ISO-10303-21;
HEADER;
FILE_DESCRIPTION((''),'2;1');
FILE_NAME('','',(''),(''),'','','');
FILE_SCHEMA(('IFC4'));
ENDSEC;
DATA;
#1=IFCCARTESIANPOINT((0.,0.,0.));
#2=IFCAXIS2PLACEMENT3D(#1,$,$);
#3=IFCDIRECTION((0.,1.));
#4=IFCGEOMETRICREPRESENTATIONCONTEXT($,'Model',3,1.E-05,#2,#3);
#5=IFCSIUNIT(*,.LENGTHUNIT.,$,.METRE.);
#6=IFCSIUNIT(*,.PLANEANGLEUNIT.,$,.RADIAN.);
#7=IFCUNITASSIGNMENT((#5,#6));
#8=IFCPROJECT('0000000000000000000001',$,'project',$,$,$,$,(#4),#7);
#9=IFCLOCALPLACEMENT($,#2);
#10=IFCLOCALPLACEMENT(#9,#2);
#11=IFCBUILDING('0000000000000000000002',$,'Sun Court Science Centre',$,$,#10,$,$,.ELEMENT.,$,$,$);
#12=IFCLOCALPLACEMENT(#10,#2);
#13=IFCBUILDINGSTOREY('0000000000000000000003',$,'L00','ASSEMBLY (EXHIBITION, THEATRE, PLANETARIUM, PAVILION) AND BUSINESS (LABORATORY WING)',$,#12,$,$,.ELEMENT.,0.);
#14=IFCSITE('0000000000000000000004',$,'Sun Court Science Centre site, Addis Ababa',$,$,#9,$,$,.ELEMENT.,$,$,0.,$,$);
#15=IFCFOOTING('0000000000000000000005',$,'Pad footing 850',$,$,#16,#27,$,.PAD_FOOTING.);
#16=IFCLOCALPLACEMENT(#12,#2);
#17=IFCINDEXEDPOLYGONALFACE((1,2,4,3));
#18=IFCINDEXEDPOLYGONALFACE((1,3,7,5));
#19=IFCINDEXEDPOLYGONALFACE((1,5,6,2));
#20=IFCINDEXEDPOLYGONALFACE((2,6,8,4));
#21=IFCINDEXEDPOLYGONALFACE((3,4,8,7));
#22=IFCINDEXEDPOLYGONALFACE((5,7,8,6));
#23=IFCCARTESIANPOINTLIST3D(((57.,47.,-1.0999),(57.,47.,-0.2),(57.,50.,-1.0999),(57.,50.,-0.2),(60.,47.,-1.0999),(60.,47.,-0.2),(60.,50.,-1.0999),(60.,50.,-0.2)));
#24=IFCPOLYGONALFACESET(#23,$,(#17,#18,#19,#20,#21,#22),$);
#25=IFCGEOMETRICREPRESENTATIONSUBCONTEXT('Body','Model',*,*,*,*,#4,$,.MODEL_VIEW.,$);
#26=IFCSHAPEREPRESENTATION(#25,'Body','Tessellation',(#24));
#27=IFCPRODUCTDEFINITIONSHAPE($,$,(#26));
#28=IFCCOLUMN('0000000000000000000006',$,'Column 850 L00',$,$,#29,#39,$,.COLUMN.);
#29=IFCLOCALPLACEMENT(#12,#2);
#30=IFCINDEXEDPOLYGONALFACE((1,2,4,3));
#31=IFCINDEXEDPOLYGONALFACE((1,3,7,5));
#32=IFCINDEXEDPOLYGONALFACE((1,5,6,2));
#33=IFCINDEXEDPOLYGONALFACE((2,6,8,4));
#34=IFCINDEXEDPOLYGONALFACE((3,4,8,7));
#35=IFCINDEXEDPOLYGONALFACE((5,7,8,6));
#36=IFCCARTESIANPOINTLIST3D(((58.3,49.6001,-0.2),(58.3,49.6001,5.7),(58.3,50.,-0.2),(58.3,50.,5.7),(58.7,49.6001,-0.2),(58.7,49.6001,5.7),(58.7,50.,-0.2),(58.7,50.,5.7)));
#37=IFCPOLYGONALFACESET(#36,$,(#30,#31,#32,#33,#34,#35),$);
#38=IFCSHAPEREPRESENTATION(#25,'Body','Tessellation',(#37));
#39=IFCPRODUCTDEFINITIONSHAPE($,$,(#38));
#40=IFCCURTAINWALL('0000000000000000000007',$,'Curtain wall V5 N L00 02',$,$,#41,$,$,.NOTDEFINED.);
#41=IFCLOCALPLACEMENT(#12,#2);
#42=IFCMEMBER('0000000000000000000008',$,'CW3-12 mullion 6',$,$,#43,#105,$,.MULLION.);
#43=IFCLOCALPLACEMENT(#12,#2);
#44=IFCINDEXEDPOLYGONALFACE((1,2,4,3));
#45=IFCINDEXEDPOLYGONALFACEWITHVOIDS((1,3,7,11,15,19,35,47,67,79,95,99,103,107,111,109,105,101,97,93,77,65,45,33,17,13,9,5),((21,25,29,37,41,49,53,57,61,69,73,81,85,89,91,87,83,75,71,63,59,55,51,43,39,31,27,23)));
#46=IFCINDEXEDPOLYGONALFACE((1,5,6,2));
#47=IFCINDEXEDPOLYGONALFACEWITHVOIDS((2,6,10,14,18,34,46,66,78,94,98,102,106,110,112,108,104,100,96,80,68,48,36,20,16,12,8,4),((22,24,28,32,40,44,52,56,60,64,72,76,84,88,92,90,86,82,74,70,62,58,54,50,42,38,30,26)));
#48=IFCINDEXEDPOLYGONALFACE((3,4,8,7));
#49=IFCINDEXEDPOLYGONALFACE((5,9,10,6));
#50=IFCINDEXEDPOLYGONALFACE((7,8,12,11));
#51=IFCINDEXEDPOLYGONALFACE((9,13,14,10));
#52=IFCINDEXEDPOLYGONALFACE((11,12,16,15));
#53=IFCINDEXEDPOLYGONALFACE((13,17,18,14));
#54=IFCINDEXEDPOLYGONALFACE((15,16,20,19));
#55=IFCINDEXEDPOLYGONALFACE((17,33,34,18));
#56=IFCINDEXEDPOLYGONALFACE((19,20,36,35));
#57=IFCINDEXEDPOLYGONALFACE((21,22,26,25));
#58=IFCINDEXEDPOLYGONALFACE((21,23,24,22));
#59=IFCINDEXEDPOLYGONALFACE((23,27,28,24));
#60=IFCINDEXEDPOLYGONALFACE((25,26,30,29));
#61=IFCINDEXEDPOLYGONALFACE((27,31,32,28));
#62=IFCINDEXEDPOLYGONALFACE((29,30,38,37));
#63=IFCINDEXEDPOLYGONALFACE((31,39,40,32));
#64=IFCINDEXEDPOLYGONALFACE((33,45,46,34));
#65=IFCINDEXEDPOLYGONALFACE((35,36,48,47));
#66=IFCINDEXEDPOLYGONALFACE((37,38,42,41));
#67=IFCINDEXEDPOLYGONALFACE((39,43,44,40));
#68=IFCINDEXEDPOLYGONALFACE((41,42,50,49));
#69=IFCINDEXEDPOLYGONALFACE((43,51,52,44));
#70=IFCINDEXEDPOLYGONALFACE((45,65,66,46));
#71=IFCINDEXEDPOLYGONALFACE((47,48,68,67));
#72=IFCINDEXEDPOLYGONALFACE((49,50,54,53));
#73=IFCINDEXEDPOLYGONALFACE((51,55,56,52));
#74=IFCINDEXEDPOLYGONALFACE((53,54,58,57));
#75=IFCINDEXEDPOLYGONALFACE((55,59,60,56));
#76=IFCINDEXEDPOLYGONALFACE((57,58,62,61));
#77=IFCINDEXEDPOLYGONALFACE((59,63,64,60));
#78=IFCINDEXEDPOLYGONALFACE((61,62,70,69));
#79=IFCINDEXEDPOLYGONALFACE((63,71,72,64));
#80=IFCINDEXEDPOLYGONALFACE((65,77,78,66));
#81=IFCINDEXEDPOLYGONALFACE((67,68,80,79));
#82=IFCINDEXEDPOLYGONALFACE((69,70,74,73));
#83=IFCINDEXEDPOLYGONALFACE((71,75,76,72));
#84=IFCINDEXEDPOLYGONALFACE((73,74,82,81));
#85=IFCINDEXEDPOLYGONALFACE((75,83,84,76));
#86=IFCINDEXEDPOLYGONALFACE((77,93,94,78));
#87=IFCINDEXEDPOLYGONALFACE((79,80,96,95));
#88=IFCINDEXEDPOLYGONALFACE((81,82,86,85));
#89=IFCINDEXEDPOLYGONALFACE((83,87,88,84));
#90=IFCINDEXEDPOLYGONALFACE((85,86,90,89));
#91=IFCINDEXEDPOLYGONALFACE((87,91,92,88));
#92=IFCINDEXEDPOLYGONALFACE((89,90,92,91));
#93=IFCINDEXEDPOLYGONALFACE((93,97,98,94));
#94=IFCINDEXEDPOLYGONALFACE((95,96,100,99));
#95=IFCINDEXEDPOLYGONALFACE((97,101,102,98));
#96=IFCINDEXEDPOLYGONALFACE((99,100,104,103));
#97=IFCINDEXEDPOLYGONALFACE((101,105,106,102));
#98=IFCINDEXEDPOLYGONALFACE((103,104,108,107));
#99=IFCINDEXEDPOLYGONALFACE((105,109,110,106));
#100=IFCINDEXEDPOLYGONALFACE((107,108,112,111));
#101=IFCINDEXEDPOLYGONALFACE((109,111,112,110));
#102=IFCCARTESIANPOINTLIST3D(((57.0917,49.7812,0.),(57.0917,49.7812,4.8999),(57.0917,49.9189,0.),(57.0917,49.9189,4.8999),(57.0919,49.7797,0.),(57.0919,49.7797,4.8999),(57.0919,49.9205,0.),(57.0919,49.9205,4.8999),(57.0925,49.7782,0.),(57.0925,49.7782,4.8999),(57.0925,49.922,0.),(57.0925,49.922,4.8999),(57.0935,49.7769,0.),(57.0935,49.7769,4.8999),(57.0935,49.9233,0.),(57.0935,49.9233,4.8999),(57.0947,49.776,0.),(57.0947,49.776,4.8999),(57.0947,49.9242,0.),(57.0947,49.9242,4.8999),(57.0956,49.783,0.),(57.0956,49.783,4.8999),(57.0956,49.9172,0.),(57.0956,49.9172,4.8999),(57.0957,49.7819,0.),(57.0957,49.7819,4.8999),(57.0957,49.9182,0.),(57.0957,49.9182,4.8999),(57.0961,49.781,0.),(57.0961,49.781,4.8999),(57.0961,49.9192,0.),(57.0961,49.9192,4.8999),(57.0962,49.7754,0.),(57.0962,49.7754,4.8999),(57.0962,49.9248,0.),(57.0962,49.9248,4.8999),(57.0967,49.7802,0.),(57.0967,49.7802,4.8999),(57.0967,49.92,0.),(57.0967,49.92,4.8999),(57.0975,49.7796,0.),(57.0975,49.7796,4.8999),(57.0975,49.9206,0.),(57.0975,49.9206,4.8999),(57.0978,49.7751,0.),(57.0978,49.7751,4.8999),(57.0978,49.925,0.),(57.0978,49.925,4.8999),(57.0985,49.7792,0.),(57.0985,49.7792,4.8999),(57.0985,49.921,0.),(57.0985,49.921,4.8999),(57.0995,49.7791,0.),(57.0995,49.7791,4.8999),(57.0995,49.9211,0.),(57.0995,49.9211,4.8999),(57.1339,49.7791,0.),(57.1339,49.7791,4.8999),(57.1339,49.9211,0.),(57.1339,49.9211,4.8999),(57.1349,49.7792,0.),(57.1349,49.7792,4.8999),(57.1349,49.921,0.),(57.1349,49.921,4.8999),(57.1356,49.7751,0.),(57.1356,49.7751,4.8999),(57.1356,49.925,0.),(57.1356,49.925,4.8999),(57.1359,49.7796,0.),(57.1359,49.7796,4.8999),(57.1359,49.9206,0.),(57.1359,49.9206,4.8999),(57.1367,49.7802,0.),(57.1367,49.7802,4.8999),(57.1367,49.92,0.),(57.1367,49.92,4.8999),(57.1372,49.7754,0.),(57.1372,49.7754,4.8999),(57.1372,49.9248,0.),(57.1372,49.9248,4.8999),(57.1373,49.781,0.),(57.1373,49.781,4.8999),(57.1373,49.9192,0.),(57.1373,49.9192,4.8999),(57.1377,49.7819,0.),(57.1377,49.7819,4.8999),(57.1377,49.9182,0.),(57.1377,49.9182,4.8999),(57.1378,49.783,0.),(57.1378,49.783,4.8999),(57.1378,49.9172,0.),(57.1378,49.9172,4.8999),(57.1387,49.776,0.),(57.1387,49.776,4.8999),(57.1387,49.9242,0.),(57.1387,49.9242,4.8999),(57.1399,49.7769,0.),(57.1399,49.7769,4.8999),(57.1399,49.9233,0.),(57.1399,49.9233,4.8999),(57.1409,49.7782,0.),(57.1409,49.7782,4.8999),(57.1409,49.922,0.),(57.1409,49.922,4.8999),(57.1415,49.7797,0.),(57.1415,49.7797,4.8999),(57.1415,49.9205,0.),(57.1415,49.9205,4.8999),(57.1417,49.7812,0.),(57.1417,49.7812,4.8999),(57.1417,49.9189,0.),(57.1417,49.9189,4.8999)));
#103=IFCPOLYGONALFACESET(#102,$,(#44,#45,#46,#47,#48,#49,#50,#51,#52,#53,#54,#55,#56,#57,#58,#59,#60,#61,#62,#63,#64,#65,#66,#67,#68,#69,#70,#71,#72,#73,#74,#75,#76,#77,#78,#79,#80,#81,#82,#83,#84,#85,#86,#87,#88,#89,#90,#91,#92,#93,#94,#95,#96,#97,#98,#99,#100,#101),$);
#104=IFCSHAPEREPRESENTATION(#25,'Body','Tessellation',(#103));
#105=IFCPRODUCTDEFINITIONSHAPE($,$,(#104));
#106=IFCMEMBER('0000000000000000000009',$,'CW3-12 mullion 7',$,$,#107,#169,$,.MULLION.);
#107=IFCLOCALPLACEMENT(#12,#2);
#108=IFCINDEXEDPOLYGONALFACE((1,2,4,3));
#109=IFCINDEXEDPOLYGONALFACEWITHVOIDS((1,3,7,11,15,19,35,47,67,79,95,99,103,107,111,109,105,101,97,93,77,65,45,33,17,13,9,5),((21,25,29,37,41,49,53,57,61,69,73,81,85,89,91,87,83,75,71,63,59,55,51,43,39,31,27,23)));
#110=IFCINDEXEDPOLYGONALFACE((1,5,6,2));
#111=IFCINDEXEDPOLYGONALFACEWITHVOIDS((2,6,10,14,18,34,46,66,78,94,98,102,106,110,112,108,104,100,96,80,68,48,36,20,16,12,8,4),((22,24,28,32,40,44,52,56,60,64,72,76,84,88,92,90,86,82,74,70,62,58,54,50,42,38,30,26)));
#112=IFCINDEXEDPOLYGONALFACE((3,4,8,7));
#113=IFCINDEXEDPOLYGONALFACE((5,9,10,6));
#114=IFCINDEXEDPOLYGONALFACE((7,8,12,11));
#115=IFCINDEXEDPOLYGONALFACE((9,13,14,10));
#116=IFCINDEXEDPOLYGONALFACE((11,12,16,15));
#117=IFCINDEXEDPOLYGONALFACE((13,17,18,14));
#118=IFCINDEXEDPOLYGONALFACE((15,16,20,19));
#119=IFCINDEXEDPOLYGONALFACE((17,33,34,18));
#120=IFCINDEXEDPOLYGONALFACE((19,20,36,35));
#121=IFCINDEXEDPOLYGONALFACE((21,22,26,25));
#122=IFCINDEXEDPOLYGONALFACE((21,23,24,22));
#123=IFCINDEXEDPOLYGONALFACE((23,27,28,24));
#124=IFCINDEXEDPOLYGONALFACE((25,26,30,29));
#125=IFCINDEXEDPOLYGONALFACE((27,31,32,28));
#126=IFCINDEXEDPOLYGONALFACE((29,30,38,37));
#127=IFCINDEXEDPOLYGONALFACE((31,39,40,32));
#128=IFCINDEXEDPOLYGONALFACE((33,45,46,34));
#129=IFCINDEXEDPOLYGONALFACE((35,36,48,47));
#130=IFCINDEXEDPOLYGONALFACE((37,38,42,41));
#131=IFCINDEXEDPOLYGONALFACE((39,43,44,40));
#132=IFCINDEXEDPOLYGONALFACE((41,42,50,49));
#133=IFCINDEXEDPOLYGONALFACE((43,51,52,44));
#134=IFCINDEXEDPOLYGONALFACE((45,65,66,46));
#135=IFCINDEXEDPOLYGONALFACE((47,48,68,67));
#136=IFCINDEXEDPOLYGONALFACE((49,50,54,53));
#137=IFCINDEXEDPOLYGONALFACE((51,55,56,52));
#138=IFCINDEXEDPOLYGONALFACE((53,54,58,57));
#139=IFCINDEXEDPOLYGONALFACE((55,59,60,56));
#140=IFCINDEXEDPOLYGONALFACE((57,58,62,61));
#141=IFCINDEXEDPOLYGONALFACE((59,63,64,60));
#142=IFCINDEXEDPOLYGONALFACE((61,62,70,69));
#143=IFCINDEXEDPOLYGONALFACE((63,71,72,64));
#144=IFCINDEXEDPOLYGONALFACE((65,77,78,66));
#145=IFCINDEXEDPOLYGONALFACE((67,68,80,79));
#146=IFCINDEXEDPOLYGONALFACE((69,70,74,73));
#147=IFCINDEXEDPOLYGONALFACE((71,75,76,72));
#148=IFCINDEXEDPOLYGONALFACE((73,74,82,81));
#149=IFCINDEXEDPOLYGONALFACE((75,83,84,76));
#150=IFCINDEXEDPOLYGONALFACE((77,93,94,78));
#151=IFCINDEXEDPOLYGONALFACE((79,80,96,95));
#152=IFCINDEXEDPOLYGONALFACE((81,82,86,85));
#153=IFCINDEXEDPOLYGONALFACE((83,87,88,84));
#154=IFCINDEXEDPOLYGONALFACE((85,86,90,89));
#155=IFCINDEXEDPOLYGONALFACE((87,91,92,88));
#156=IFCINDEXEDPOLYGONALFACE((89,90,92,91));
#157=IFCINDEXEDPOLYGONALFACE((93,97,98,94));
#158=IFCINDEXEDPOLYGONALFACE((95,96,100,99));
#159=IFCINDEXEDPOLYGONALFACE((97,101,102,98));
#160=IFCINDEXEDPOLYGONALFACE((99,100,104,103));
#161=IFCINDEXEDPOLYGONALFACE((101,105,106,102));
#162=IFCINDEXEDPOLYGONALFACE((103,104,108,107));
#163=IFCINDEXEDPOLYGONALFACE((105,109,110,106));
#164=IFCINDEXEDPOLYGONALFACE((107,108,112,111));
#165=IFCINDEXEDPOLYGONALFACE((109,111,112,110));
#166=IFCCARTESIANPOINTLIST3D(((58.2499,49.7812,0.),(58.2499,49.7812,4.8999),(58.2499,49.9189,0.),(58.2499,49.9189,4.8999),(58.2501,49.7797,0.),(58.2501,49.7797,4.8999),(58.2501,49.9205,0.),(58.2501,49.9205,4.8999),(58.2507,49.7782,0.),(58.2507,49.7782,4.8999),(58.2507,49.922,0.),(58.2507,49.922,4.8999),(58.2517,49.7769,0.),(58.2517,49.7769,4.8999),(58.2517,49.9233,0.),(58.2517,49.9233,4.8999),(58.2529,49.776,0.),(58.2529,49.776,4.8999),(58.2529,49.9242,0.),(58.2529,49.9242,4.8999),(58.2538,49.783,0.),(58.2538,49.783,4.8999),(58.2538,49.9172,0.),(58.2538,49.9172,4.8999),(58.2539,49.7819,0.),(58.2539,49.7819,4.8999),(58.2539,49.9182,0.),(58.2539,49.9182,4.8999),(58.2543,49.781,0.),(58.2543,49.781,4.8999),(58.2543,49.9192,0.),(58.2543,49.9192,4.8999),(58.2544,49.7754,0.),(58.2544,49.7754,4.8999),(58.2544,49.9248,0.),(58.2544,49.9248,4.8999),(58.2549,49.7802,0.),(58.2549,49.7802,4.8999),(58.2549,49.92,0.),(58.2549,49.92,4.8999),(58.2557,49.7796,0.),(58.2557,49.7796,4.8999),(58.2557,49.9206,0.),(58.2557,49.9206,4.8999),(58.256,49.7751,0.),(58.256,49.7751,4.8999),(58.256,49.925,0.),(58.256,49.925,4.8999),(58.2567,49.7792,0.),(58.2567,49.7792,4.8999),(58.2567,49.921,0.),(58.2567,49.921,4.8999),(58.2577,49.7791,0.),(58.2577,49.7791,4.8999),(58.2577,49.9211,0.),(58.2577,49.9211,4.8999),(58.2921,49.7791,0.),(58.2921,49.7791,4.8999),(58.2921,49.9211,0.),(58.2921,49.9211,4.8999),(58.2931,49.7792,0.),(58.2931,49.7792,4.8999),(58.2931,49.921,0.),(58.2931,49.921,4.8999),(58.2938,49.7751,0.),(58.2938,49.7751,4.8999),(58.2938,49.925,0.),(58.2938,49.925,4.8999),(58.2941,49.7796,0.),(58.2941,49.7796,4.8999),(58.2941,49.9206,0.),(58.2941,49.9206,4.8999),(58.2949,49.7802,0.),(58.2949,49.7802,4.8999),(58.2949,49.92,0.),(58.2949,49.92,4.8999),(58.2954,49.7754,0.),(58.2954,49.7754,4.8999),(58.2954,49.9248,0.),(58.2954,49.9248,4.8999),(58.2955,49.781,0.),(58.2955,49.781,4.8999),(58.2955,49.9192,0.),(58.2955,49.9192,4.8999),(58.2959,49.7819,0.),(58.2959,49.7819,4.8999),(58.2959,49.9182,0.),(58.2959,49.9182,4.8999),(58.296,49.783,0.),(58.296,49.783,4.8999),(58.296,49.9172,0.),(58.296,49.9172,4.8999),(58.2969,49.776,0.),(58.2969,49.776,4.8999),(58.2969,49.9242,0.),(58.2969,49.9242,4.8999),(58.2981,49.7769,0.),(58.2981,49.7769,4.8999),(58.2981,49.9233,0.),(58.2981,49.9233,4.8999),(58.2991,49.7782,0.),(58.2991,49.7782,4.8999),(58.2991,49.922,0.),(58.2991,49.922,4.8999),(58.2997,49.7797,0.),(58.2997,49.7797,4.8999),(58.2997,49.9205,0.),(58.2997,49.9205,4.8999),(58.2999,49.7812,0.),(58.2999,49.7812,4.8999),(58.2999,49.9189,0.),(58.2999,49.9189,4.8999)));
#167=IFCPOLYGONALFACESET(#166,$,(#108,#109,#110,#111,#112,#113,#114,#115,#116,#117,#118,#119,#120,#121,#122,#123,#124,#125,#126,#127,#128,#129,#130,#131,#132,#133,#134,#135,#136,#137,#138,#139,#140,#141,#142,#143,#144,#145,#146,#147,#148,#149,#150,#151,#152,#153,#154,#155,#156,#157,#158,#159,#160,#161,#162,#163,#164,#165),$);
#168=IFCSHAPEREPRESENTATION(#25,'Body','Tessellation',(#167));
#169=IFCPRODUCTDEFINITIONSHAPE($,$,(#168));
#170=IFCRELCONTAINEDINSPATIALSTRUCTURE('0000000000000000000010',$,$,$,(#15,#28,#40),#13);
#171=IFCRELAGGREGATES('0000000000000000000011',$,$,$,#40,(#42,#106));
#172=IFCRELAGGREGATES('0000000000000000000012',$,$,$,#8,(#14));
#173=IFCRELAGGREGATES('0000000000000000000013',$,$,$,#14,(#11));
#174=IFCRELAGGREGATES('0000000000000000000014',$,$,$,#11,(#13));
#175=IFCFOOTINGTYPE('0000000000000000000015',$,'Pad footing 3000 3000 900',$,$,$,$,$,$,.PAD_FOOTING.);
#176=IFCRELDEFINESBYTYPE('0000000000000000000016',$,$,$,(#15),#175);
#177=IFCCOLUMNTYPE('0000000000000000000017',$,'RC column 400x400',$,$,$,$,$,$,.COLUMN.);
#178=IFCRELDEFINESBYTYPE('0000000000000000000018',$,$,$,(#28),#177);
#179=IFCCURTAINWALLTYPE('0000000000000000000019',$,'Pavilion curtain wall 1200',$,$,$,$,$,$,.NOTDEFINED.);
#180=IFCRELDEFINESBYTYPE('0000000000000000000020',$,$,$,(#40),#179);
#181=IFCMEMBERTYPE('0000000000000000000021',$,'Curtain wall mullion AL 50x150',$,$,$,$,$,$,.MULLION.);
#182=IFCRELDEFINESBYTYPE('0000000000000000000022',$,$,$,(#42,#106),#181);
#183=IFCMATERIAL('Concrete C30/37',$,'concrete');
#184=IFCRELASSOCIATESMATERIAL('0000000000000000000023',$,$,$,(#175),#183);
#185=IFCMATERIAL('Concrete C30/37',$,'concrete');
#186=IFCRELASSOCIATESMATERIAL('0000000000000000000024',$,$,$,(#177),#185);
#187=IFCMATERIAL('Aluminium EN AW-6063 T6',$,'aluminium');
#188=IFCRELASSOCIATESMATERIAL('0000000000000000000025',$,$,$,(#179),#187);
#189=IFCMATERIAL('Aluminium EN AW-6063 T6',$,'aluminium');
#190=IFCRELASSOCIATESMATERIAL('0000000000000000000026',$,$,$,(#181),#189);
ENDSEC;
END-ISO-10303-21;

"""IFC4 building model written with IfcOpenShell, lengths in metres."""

from ifc_helpers import new_model, si_unit, direction, frame, origin, origin_2d, place, context, subcontext, project, spatial, rectangle, hollow_rectangle, extrude, material, material_profile, profile_set, type_object, element, aggregate, save


model = new_model("IFC4")

# Units and contexts
model_context = context("Model", 3, precision=1e-05, world=origin(), true_north=direction((0.0, 1.0)))
body_context = subcontext(model_context, "Body", "Model", "MODEL_VIEW")
ifc_project = project(units=[si_unit("LENGTHUNIT", "METRE"), si_unit("PLANEANGLEUNIT", "RADIAN")], contexts=[model_context])

# Site, building, storey
site_placement = place(None, origin())
site = spatial("IfcSite", under=ifc_project, at=site_placement, Name="Sun Court Science Centre site, Addis Ababa", CompositionType="ELEMENT", RefElevation=0.0)
building_placement = place(site_placement, origin())
building = spatial("IfcBuilding", under=site, at=building_placement, Name="Sun Court Science Centre", CompositionType="ELEMENT")
storey_placement = place(building_placement, origin())
storey = spatial("IfcBuildingStorey", under=building, at=storey_placement, Name="L00", Description="ASSEMBLY (EXHIBITION, THEATRE, PLANETARIUM, PAVILION) AND BUSINESS (LABORATORY WING)", CompositionType="ELEMENT", Elevation=0.0)

# Footing
ifc_material_1 = material(Name="Concrete C30/37", Category="concrete")
footing_type = type_object("IfcFootingType", Name="Pad footing 3000 3000 900", PredefinedType="PAD_FOOTING", material=ifc_material_1)
footing_placement = place(storey_placement, frame((58.5, 48.5, -1.0999), z_axis=(0.0, 0.0, 1.0), x_axis=(1.0, 0.0, 0.0)))
element("IfcFooting", 1, at=footing_placement, inside=storey, type_object=footing_type, Name="Pad footing 850", PredefinedType="PAD_FOOTING", context=body_context, shape_type="SweptSolid", body=[
    extrude(rectangle(XDim=3.0, YDim=3.0, at=origin_2d()), origin(), (0.0, 0.0, 1.0), 0.8999),
])

# Column
ifc_material_2 = material(Name="Concrete C30/37", Category="concrete")
ifc_material_profile_1 = material_profile(ifc_material_2, rectangle(XDim=0.3999, YDim=0.3999, at=origin_2d()), Name="RC 400x400")
ifc_profile_set_1 = profile_set([ifc_material_profile_1], Name="Concrete C30/37")
column_type = type_object("IfcColumnType", Name="RC column 400x400", PredefinedType="COLUMN", material=ifc_profile_set_1)
column_placement = place(storey_placement, frame((58.5, 49.8, -0.2), z_axis=(0.0, 0.0, 1.0), x_axis=(1.0, 0.0, 0.0)))
element("IfcColumn", 2, at=column_placement, inside=storey, type_object=column_type, Name="Column 850 L00", PredefinedType="COLUMN", context=body_context, shape_type="SweptSolid", body=[
    extrude(rectangle(XDim=0.3999, YDim=0.3999, at=origin_2d()), origin(), (0.0, 0.0, 1.0), 5.8999),
])

# Curtain wall, members
ifc_material_3 = material(Name="Aluminium EN AW-6063 T6", Category="aluminium")
curtain_wall_type = type_object("IfcCurtainWallType", Name="Pavilion curtain wall 1200", PredefinedType="NOTDEFINED", material=ifc_material_3)
curtain_wall_1_placement = place(storey_placement, origin())
curtain_wall_1 = element("IfcCurtainWall", 3, at=curtain_wall_1_placement, inside=storey, type_object=curtain_wall_type, Name="Curtain wall V5 N L00 02", PredefinedType="NOTDEFINED")
ifc_material_4 = material(Name="Aluminium EN AW-6063 T6", Category="aluminium")
ifc_material_profile_2 = material_profile(ifc_material_4, hollow_rectangle(XDim=0.05, YDim=0.1499, WallThickness=0.0039, InnerFilletRadius=0.0039, OuterFilletRadius=0.0061, at=origin_2d()), Name="AL 50x150x4")
ifc_profile_set_2 = profile_set([ifc_material_profile_2], Name="Aluminium EN AW-6063 T6")
member_type_1 = type_object("IfcMemberType", Name="Curtain wall mullion AL 50x150", PredefinedType="MULLION", material=ifc_profile_set_2)
member_1_placement = place(storey_placement, frame((57.1167, 49.8501, 0.0), z_axis=(0.0, 0.0, 1.0), x_axis=(1.0, 0.0, 0.0)))
member_1 = element("IfcMember", 4, at=member_1_placement, type_object=member_type_1, Name="CW3-12 mullion 6", PredefinedType="MULLION", context=body_context, shape_type="SweptSolid", body=[
    extrude(hollow_rectangle(XDim=0.05, YDim=0.1499, WallThickness=0.0039, InnerFilletRadius=0.0039, OuterFilletRadius=0.0061, at=origin_2d()), origin(), (0.0, 0.0, 1.0), 4.8999),
])
member_2_placement = place(storey_placement, frame((58.2749, 49.8501, 0.0), z_axis=(0.0, 0.0, 1.0), x_axis=(1.0, 0.0, 0.0)))
member_2 = element("IfcMember", 5, at=member_2_placement, type_object=member_type_1, Name="CW3-12 mullion 7", PredefinedType="MULLION", context=body_context, shape_type="SweptSolid", body=[
    extrude(hollow_rectangle(XDim=0.05, YDim=0.1499, WallThickness=0.0039, InnerFilletRadius=0.0039, OuterFilletRadius=0.0061, at=origin_2d()), origin(), (0.0, 0.0, 1.0), 4.8999),
])

aggregate(curtain_wall_1, [member_1, member_2])

save(model, "model.ifc")
